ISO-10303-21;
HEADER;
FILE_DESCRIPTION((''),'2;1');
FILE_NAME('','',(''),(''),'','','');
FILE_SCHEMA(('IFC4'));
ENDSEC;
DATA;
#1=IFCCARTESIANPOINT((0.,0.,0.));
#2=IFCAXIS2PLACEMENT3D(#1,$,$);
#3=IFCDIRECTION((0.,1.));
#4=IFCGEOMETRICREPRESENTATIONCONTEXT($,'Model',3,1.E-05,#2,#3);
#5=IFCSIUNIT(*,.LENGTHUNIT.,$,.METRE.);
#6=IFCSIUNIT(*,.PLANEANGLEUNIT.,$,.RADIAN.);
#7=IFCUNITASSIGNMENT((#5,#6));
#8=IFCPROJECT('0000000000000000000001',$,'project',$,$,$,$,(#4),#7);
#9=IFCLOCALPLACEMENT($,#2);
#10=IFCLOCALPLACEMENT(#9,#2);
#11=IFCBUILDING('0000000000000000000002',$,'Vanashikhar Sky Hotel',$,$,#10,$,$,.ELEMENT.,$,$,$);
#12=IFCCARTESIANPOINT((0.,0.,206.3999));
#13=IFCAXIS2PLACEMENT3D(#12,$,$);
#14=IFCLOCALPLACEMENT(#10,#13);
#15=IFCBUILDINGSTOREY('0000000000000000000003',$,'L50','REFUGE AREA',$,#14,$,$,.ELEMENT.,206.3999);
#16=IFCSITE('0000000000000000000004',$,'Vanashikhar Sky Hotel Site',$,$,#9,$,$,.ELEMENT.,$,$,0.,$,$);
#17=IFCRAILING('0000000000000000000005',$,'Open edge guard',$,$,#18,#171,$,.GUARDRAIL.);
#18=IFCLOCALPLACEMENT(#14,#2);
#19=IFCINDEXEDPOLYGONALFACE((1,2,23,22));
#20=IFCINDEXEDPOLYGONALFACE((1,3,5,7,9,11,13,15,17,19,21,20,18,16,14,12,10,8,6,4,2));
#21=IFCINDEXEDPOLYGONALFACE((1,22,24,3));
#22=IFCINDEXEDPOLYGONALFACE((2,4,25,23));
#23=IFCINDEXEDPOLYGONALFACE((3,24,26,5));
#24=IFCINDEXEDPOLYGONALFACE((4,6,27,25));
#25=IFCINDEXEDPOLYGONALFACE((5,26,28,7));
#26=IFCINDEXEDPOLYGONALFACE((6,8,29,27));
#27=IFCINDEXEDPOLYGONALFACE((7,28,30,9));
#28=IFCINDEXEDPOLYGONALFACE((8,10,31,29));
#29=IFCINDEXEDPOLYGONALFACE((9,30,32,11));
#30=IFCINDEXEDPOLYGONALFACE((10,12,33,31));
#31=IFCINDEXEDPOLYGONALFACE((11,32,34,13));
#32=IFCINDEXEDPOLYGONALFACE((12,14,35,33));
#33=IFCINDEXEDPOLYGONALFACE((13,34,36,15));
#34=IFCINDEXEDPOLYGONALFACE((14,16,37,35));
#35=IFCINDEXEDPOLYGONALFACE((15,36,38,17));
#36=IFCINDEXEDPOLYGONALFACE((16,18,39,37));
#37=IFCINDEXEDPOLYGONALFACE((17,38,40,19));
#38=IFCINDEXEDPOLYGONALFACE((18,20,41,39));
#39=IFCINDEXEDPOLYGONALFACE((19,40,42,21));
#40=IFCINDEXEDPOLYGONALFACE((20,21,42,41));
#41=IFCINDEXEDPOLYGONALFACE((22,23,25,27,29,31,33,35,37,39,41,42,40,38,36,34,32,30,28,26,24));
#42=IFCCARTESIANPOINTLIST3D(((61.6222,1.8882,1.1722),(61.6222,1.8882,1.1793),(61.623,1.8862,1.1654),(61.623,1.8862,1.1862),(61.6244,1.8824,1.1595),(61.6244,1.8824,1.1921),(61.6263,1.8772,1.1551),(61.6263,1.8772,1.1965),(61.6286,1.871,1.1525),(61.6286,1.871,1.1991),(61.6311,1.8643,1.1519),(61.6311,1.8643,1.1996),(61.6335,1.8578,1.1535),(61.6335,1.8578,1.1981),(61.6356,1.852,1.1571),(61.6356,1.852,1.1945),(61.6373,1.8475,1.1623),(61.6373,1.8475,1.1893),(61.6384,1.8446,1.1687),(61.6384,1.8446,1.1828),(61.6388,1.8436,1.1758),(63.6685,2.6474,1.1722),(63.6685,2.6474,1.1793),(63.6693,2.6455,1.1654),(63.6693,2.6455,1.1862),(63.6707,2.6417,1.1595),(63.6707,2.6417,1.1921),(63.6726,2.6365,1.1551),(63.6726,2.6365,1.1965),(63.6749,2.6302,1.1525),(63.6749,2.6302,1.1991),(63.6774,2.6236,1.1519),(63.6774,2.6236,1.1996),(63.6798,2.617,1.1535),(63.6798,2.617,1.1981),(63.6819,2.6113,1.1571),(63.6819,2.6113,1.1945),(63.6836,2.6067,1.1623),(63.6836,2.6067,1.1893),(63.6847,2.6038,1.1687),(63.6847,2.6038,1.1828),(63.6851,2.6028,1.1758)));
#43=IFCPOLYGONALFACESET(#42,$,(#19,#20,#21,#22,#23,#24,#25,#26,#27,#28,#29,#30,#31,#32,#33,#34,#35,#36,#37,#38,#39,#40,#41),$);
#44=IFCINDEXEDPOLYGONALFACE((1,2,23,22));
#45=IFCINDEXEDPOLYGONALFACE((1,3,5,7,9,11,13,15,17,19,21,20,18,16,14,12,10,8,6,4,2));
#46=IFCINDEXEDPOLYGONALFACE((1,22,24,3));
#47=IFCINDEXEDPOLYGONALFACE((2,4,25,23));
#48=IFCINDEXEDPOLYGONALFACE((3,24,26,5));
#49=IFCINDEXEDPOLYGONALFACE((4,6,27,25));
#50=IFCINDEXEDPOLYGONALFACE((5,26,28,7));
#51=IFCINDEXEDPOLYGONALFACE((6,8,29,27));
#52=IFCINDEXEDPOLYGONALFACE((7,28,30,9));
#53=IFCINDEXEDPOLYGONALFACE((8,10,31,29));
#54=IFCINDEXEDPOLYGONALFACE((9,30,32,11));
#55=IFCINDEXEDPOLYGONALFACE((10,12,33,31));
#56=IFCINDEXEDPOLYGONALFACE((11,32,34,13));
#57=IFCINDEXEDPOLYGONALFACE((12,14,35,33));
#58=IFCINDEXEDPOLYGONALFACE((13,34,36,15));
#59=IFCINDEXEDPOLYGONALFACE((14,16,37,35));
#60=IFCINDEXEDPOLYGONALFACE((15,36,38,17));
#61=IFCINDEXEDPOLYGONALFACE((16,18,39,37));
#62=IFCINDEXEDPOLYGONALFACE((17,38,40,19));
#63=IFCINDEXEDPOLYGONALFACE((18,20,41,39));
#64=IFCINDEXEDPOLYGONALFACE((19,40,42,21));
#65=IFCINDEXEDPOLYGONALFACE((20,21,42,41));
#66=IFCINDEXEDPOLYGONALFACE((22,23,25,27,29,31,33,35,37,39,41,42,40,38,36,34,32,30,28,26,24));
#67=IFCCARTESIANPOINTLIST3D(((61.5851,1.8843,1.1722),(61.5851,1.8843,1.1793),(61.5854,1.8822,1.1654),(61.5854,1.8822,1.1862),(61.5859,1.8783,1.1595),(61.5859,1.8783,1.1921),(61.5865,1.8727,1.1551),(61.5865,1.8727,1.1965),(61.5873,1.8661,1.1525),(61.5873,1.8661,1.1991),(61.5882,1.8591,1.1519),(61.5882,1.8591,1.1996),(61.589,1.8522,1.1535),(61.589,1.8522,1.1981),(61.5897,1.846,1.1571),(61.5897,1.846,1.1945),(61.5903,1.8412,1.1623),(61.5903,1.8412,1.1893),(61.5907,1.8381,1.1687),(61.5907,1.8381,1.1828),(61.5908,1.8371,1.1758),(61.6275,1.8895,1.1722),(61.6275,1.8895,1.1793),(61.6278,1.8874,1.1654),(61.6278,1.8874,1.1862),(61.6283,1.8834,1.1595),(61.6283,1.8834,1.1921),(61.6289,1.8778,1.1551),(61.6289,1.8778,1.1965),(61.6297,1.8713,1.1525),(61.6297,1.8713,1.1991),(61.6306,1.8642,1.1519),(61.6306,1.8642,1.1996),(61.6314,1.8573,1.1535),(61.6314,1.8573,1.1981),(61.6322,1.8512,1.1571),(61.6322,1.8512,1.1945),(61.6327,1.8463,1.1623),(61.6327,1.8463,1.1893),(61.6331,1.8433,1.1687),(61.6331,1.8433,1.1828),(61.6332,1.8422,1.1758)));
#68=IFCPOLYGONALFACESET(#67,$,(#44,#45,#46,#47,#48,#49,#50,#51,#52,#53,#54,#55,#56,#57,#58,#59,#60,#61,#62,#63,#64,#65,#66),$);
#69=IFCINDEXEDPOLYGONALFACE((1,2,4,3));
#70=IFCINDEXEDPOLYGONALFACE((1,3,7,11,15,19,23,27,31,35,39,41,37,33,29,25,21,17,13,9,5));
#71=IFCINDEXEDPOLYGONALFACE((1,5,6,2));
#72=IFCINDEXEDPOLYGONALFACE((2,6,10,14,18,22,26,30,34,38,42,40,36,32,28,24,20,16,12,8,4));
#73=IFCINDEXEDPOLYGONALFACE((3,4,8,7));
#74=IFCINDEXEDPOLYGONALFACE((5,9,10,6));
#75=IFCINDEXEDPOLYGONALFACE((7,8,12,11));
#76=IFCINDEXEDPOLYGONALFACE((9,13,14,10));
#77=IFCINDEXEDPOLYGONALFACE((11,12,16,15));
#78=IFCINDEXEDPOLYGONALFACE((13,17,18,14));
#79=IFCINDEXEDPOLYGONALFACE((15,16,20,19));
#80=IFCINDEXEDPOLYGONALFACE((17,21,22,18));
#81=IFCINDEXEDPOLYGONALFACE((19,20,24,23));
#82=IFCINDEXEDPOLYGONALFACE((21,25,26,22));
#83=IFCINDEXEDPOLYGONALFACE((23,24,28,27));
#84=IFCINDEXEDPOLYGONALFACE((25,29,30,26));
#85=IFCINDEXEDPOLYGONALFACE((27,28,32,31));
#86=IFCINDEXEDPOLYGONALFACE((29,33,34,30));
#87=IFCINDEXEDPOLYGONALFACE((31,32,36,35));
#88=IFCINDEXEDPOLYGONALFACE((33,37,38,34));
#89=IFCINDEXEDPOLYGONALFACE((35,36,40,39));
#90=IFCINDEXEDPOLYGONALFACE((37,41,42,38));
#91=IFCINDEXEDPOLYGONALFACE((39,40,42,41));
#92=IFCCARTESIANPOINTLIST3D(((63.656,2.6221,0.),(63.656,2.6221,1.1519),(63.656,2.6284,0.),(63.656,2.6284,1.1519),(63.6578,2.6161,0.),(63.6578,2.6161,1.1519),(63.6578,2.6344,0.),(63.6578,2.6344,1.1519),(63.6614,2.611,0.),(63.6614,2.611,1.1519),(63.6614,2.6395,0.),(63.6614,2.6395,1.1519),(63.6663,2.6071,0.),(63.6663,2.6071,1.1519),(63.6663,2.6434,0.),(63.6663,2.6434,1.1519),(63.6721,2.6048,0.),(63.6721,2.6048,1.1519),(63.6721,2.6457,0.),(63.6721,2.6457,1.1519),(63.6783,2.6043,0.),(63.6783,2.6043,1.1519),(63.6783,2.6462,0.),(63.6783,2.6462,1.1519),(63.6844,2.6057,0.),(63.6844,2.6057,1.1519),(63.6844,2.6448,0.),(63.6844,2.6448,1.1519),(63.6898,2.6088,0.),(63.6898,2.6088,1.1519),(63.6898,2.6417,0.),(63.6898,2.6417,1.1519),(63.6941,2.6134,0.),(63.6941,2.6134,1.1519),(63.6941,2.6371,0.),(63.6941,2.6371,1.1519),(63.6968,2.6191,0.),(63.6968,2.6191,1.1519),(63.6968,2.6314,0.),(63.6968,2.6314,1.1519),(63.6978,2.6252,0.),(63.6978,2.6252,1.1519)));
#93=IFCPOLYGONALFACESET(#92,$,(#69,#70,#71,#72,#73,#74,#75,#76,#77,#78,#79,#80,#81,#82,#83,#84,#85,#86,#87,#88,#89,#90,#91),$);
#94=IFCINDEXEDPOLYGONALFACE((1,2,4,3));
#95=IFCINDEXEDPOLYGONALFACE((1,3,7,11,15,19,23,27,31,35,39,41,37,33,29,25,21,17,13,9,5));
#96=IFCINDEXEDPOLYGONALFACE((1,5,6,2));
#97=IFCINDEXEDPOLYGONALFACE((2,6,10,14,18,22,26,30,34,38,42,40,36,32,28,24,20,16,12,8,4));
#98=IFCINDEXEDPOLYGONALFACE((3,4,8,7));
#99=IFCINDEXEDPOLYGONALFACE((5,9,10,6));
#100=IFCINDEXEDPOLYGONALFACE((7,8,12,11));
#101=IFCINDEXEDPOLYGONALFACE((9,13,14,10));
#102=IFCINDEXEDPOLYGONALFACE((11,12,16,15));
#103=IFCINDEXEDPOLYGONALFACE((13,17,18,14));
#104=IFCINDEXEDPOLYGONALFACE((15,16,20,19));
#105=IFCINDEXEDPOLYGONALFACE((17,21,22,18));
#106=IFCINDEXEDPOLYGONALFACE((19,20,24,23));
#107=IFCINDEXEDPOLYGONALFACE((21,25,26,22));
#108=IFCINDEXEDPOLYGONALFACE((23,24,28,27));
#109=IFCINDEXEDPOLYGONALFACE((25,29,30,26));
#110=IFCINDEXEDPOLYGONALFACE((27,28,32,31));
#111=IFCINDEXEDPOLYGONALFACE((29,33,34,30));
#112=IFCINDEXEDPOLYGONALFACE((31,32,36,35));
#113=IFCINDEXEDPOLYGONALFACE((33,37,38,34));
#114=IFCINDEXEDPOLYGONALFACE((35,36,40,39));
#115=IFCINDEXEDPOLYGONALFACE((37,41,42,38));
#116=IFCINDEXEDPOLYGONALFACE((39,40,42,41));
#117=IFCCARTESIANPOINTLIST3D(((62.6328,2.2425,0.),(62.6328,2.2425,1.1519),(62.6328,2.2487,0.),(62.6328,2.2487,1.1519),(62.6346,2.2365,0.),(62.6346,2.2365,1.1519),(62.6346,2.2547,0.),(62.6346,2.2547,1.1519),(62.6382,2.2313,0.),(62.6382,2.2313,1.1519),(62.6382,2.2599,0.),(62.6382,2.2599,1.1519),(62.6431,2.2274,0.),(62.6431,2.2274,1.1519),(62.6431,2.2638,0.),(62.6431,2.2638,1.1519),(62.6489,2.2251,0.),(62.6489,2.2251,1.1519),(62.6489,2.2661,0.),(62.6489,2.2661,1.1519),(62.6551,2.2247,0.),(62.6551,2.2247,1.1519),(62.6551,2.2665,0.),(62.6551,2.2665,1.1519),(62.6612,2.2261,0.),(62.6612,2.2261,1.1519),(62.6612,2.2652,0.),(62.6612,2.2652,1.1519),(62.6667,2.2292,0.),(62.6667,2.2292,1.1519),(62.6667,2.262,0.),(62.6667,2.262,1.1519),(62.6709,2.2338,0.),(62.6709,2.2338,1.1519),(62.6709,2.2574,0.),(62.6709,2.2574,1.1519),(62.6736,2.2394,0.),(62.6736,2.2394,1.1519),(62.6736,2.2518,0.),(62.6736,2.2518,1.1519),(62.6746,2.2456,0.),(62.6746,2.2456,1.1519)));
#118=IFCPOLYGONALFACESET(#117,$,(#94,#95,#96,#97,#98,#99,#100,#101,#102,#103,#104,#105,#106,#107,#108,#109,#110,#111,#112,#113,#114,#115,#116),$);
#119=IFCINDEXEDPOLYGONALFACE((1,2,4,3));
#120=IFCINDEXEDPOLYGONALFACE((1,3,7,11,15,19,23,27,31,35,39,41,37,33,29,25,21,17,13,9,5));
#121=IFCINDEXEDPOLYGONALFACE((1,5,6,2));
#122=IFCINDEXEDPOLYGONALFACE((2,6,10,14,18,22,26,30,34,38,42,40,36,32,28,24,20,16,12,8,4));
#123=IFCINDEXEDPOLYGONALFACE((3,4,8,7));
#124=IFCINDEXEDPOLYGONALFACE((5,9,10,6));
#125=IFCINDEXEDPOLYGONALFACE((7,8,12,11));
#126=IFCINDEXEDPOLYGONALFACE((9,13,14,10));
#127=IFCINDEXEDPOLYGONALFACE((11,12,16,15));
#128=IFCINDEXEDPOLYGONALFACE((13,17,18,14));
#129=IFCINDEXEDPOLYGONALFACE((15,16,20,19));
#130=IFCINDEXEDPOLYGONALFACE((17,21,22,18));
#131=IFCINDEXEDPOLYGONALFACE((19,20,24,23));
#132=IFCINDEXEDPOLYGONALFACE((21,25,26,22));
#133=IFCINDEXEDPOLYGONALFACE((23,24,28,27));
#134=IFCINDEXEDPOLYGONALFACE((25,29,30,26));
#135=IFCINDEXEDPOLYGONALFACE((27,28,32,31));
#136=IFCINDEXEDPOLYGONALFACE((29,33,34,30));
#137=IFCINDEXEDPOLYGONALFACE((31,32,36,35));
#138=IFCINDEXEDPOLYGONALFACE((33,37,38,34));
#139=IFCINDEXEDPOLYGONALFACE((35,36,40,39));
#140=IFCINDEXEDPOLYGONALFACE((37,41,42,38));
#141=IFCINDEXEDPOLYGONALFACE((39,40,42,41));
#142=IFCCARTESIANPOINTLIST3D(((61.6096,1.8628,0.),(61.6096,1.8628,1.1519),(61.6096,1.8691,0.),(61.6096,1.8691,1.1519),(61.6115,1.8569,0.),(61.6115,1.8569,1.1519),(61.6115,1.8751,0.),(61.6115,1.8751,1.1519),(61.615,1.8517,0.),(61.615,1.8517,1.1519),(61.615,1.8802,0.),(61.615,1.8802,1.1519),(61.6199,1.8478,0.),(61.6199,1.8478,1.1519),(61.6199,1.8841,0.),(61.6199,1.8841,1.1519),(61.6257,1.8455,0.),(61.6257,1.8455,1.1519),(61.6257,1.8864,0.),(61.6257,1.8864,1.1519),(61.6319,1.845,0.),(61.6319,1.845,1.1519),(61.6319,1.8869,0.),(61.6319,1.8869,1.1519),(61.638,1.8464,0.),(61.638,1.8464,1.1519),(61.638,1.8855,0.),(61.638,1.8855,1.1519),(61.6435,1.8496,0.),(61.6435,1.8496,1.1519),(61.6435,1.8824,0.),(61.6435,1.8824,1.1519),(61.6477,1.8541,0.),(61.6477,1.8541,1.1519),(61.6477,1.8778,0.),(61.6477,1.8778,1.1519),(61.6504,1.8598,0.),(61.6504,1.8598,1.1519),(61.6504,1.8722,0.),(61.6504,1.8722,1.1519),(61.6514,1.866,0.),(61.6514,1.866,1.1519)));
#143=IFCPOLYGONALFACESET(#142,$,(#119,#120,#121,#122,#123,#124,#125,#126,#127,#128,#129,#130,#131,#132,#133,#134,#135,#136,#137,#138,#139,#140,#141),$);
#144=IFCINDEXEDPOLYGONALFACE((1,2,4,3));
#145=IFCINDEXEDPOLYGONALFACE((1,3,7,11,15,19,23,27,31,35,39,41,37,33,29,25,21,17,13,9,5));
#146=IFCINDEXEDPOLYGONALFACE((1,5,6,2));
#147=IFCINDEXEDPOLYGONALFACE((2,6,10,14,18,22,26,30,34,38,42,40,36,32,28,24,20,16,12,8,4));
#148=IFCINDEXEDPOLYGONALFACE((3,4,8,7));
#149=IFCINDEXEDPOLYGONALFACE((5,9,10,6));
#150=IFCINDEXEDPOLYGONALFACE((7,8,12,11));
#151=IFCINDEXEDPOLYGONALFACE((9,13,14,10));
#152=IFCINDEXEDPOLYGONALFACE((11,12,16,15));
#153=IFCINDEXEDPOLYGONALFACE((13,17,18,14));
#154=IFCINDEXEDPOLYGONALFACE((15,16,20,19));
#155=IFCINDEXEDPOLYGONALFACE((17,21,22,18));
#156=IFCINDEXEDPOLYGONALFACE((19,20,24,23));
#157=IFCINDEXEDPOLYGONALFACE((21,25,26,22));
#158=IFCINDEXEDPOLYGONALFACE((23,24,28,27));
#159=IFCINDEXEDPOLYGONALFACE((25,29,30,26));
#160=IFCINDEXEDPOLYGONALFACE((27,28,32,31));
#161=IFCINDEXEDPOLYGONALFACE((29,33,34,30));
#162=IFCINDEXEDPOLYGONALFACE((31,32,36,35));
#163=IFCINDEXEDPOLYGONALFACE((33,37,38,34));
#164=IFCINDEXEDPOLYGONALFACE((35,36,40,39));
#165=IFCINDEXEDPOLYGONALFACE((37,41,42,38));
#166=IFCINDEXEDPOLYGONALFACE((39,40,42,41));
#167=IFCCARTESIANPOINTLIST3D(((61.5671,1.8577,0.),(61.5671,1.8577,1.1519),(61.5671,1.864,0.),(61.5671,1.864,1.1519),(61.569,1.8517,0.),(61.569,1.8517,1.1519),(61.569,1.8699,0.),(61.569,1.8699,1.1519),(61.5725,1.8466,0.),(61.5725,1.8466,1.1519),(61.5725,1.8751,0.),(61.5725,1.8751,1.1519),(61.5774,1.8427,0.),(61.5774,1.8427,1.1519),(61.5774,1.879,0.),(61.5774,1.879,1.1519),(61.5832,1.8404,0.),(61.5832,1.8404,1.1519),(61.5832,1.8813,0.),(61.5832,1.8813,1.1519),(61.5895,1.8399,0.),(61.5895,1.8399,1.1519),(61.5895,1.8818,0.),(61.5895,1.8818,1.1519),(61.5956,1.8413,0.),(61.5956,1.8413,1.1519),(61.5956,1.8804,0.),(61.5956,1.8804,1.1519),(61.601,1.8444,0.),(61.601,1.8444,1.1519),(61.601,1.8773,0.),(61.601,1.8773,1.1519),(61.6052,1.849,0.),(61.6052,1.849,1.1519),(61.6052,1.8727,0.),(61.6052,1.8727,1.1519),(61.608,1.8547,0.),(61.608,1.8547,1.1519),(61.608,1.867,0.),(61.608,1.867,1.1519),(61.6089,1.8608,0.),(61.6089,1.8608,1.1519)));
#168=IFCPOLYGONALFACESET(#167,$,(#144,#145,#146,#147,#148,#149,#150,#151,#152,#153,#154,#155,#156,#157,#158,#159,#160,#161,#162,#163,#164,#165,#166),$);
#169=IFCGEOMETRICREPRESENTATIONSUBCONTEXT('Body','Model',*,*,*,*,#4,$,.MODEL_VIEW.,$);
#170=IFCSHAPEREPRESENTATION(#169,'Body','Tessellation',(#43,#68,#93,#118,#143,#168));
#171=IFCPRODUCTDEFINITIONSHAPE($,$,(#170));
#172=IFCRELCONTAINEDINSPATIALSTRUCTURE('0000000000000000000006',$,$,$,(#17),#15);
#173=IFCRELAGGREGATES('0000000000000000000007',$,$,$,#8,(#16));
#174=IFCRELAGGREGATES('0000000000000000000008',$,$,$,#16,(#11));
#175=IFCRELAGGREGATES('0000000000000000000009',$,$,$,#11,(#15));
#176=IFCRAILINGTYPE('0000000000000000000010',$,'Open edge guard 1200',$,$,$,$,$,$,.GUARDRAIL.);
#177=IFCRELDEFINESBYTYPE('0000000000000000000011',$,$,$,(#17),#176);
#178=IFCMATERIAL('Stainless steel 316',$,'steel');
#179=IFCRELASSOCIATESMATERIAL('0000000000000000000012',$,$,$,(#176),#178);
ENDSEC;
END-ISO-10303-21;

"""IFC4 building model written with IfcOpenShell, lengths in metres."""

from ifc_helpers import new_model, si_unit, direction, frame, origin, origin_2d, place, context, subcontext, project, spatial, circle, extrude, source, transform, mapped, material, type_object, element, save


model = new_model("IFC4")

# Units and contexts
model_context = context("Model", 3, precision=1e-05, world=origin(), true_north=direction((0.0, 1.0)))
body_context = subcontext(model_context, "Body", "Model", "MODEL_VIEW")
ifc_project = project(units=[si_unit("LENGTHUNIT", "METRE"), si_unit("PLANEANGLEUNIT", "RADIAN")], contexts=[model_context])

# Site, building, storey
site_placement = place(None, origin())
site = spatial("IfcSite", under=ifc_project, at=site_placement, Name="Vanashikhar Sky Hotel Site", CompositionType="ELEMENT", RefElevation=0.0)
building_placement = place(site_placement, origin())
building = spatial("IfcBuilding", under=site, at=building_placement, Name="Vanashikhar Sky Hotel", CompositionType="ELEMENT")
storey_placement = place(building_placement, frame((0.0, 0.0, 206.3999)))
storey = spatial("IfcBuildingStorey", under=building, at=storey_placement, Name="L50", Description="REFUGE AREA", CompositionType="ELEMENT", Elevation=206.3999)

# Railing
ifc_material_1 = material(Name="Stainless steel 316", Category="steel")
railing_type = type_object("IfcRailingType", Name="Open edge guard 1200", PredefinedType="GUARDRAIL", material=ifc_material_1)
shared_shape_1 = source(origin(), body_context, "Body", "SweptSolid", [
    extrude(circle(Radius=0.0239, at=origin_2d()), frame((0.0, 0.0, 1.1758), z_axis=(-0.937546, -0.347861, 0.0), x_axis=(0.347861, -0.937546, 0.0)), (0.0, 0.0, 1.0), 2.1826),
    extrude(circle(Radius=0.0239, at=origin_2d()), frame((-2.0464, -0.7593, 1.1758), z_axis=(-0.992796, -0.11982, 0.0), x_axis=(0.11982, -0.992796, 0.0)), (0.0, 0.0, 1.0), 0.0427),
    extrude(circle(Radius=0.021, at=origin_2d()), origin(), (0.0, 0.0, 1.0), 1.1519),
    extrude(circle(Radius=0.021, at=origin_2d()), frame((-1.0232, -0.3796, 0.0)), (0.0, 0.0, 1.0), 1.1519),
    extrude(circle(Radius=0.021, at=origin_2d()), frame((-2.0464, -0.7593, 0.0)), (0.0, 0.0, 1.0), 1.1519),
    extrude(circle(Radius=0.021, at=origin_2d()), frame((-2.0889, -0.7644, 0.0)), (0.0, 0.0, 1.0), 1.1519),
])
railing_1_placement = place(storey_placement, frame((63.6768, 2.6252, 0.0)))
element("IfcRailing", 1, at=railing_1_placement, inside=storey, type_object=railing_type, Name="Open edge guard", PredefinedType="GUARDRAIL", context=body_context, shape_type="MappedRepresentation", body=[
    mapped(shared_shape_1, transform((0.0, 0.0, 0.0), scale=1.0)),
])

save(model, "model.ifc")
